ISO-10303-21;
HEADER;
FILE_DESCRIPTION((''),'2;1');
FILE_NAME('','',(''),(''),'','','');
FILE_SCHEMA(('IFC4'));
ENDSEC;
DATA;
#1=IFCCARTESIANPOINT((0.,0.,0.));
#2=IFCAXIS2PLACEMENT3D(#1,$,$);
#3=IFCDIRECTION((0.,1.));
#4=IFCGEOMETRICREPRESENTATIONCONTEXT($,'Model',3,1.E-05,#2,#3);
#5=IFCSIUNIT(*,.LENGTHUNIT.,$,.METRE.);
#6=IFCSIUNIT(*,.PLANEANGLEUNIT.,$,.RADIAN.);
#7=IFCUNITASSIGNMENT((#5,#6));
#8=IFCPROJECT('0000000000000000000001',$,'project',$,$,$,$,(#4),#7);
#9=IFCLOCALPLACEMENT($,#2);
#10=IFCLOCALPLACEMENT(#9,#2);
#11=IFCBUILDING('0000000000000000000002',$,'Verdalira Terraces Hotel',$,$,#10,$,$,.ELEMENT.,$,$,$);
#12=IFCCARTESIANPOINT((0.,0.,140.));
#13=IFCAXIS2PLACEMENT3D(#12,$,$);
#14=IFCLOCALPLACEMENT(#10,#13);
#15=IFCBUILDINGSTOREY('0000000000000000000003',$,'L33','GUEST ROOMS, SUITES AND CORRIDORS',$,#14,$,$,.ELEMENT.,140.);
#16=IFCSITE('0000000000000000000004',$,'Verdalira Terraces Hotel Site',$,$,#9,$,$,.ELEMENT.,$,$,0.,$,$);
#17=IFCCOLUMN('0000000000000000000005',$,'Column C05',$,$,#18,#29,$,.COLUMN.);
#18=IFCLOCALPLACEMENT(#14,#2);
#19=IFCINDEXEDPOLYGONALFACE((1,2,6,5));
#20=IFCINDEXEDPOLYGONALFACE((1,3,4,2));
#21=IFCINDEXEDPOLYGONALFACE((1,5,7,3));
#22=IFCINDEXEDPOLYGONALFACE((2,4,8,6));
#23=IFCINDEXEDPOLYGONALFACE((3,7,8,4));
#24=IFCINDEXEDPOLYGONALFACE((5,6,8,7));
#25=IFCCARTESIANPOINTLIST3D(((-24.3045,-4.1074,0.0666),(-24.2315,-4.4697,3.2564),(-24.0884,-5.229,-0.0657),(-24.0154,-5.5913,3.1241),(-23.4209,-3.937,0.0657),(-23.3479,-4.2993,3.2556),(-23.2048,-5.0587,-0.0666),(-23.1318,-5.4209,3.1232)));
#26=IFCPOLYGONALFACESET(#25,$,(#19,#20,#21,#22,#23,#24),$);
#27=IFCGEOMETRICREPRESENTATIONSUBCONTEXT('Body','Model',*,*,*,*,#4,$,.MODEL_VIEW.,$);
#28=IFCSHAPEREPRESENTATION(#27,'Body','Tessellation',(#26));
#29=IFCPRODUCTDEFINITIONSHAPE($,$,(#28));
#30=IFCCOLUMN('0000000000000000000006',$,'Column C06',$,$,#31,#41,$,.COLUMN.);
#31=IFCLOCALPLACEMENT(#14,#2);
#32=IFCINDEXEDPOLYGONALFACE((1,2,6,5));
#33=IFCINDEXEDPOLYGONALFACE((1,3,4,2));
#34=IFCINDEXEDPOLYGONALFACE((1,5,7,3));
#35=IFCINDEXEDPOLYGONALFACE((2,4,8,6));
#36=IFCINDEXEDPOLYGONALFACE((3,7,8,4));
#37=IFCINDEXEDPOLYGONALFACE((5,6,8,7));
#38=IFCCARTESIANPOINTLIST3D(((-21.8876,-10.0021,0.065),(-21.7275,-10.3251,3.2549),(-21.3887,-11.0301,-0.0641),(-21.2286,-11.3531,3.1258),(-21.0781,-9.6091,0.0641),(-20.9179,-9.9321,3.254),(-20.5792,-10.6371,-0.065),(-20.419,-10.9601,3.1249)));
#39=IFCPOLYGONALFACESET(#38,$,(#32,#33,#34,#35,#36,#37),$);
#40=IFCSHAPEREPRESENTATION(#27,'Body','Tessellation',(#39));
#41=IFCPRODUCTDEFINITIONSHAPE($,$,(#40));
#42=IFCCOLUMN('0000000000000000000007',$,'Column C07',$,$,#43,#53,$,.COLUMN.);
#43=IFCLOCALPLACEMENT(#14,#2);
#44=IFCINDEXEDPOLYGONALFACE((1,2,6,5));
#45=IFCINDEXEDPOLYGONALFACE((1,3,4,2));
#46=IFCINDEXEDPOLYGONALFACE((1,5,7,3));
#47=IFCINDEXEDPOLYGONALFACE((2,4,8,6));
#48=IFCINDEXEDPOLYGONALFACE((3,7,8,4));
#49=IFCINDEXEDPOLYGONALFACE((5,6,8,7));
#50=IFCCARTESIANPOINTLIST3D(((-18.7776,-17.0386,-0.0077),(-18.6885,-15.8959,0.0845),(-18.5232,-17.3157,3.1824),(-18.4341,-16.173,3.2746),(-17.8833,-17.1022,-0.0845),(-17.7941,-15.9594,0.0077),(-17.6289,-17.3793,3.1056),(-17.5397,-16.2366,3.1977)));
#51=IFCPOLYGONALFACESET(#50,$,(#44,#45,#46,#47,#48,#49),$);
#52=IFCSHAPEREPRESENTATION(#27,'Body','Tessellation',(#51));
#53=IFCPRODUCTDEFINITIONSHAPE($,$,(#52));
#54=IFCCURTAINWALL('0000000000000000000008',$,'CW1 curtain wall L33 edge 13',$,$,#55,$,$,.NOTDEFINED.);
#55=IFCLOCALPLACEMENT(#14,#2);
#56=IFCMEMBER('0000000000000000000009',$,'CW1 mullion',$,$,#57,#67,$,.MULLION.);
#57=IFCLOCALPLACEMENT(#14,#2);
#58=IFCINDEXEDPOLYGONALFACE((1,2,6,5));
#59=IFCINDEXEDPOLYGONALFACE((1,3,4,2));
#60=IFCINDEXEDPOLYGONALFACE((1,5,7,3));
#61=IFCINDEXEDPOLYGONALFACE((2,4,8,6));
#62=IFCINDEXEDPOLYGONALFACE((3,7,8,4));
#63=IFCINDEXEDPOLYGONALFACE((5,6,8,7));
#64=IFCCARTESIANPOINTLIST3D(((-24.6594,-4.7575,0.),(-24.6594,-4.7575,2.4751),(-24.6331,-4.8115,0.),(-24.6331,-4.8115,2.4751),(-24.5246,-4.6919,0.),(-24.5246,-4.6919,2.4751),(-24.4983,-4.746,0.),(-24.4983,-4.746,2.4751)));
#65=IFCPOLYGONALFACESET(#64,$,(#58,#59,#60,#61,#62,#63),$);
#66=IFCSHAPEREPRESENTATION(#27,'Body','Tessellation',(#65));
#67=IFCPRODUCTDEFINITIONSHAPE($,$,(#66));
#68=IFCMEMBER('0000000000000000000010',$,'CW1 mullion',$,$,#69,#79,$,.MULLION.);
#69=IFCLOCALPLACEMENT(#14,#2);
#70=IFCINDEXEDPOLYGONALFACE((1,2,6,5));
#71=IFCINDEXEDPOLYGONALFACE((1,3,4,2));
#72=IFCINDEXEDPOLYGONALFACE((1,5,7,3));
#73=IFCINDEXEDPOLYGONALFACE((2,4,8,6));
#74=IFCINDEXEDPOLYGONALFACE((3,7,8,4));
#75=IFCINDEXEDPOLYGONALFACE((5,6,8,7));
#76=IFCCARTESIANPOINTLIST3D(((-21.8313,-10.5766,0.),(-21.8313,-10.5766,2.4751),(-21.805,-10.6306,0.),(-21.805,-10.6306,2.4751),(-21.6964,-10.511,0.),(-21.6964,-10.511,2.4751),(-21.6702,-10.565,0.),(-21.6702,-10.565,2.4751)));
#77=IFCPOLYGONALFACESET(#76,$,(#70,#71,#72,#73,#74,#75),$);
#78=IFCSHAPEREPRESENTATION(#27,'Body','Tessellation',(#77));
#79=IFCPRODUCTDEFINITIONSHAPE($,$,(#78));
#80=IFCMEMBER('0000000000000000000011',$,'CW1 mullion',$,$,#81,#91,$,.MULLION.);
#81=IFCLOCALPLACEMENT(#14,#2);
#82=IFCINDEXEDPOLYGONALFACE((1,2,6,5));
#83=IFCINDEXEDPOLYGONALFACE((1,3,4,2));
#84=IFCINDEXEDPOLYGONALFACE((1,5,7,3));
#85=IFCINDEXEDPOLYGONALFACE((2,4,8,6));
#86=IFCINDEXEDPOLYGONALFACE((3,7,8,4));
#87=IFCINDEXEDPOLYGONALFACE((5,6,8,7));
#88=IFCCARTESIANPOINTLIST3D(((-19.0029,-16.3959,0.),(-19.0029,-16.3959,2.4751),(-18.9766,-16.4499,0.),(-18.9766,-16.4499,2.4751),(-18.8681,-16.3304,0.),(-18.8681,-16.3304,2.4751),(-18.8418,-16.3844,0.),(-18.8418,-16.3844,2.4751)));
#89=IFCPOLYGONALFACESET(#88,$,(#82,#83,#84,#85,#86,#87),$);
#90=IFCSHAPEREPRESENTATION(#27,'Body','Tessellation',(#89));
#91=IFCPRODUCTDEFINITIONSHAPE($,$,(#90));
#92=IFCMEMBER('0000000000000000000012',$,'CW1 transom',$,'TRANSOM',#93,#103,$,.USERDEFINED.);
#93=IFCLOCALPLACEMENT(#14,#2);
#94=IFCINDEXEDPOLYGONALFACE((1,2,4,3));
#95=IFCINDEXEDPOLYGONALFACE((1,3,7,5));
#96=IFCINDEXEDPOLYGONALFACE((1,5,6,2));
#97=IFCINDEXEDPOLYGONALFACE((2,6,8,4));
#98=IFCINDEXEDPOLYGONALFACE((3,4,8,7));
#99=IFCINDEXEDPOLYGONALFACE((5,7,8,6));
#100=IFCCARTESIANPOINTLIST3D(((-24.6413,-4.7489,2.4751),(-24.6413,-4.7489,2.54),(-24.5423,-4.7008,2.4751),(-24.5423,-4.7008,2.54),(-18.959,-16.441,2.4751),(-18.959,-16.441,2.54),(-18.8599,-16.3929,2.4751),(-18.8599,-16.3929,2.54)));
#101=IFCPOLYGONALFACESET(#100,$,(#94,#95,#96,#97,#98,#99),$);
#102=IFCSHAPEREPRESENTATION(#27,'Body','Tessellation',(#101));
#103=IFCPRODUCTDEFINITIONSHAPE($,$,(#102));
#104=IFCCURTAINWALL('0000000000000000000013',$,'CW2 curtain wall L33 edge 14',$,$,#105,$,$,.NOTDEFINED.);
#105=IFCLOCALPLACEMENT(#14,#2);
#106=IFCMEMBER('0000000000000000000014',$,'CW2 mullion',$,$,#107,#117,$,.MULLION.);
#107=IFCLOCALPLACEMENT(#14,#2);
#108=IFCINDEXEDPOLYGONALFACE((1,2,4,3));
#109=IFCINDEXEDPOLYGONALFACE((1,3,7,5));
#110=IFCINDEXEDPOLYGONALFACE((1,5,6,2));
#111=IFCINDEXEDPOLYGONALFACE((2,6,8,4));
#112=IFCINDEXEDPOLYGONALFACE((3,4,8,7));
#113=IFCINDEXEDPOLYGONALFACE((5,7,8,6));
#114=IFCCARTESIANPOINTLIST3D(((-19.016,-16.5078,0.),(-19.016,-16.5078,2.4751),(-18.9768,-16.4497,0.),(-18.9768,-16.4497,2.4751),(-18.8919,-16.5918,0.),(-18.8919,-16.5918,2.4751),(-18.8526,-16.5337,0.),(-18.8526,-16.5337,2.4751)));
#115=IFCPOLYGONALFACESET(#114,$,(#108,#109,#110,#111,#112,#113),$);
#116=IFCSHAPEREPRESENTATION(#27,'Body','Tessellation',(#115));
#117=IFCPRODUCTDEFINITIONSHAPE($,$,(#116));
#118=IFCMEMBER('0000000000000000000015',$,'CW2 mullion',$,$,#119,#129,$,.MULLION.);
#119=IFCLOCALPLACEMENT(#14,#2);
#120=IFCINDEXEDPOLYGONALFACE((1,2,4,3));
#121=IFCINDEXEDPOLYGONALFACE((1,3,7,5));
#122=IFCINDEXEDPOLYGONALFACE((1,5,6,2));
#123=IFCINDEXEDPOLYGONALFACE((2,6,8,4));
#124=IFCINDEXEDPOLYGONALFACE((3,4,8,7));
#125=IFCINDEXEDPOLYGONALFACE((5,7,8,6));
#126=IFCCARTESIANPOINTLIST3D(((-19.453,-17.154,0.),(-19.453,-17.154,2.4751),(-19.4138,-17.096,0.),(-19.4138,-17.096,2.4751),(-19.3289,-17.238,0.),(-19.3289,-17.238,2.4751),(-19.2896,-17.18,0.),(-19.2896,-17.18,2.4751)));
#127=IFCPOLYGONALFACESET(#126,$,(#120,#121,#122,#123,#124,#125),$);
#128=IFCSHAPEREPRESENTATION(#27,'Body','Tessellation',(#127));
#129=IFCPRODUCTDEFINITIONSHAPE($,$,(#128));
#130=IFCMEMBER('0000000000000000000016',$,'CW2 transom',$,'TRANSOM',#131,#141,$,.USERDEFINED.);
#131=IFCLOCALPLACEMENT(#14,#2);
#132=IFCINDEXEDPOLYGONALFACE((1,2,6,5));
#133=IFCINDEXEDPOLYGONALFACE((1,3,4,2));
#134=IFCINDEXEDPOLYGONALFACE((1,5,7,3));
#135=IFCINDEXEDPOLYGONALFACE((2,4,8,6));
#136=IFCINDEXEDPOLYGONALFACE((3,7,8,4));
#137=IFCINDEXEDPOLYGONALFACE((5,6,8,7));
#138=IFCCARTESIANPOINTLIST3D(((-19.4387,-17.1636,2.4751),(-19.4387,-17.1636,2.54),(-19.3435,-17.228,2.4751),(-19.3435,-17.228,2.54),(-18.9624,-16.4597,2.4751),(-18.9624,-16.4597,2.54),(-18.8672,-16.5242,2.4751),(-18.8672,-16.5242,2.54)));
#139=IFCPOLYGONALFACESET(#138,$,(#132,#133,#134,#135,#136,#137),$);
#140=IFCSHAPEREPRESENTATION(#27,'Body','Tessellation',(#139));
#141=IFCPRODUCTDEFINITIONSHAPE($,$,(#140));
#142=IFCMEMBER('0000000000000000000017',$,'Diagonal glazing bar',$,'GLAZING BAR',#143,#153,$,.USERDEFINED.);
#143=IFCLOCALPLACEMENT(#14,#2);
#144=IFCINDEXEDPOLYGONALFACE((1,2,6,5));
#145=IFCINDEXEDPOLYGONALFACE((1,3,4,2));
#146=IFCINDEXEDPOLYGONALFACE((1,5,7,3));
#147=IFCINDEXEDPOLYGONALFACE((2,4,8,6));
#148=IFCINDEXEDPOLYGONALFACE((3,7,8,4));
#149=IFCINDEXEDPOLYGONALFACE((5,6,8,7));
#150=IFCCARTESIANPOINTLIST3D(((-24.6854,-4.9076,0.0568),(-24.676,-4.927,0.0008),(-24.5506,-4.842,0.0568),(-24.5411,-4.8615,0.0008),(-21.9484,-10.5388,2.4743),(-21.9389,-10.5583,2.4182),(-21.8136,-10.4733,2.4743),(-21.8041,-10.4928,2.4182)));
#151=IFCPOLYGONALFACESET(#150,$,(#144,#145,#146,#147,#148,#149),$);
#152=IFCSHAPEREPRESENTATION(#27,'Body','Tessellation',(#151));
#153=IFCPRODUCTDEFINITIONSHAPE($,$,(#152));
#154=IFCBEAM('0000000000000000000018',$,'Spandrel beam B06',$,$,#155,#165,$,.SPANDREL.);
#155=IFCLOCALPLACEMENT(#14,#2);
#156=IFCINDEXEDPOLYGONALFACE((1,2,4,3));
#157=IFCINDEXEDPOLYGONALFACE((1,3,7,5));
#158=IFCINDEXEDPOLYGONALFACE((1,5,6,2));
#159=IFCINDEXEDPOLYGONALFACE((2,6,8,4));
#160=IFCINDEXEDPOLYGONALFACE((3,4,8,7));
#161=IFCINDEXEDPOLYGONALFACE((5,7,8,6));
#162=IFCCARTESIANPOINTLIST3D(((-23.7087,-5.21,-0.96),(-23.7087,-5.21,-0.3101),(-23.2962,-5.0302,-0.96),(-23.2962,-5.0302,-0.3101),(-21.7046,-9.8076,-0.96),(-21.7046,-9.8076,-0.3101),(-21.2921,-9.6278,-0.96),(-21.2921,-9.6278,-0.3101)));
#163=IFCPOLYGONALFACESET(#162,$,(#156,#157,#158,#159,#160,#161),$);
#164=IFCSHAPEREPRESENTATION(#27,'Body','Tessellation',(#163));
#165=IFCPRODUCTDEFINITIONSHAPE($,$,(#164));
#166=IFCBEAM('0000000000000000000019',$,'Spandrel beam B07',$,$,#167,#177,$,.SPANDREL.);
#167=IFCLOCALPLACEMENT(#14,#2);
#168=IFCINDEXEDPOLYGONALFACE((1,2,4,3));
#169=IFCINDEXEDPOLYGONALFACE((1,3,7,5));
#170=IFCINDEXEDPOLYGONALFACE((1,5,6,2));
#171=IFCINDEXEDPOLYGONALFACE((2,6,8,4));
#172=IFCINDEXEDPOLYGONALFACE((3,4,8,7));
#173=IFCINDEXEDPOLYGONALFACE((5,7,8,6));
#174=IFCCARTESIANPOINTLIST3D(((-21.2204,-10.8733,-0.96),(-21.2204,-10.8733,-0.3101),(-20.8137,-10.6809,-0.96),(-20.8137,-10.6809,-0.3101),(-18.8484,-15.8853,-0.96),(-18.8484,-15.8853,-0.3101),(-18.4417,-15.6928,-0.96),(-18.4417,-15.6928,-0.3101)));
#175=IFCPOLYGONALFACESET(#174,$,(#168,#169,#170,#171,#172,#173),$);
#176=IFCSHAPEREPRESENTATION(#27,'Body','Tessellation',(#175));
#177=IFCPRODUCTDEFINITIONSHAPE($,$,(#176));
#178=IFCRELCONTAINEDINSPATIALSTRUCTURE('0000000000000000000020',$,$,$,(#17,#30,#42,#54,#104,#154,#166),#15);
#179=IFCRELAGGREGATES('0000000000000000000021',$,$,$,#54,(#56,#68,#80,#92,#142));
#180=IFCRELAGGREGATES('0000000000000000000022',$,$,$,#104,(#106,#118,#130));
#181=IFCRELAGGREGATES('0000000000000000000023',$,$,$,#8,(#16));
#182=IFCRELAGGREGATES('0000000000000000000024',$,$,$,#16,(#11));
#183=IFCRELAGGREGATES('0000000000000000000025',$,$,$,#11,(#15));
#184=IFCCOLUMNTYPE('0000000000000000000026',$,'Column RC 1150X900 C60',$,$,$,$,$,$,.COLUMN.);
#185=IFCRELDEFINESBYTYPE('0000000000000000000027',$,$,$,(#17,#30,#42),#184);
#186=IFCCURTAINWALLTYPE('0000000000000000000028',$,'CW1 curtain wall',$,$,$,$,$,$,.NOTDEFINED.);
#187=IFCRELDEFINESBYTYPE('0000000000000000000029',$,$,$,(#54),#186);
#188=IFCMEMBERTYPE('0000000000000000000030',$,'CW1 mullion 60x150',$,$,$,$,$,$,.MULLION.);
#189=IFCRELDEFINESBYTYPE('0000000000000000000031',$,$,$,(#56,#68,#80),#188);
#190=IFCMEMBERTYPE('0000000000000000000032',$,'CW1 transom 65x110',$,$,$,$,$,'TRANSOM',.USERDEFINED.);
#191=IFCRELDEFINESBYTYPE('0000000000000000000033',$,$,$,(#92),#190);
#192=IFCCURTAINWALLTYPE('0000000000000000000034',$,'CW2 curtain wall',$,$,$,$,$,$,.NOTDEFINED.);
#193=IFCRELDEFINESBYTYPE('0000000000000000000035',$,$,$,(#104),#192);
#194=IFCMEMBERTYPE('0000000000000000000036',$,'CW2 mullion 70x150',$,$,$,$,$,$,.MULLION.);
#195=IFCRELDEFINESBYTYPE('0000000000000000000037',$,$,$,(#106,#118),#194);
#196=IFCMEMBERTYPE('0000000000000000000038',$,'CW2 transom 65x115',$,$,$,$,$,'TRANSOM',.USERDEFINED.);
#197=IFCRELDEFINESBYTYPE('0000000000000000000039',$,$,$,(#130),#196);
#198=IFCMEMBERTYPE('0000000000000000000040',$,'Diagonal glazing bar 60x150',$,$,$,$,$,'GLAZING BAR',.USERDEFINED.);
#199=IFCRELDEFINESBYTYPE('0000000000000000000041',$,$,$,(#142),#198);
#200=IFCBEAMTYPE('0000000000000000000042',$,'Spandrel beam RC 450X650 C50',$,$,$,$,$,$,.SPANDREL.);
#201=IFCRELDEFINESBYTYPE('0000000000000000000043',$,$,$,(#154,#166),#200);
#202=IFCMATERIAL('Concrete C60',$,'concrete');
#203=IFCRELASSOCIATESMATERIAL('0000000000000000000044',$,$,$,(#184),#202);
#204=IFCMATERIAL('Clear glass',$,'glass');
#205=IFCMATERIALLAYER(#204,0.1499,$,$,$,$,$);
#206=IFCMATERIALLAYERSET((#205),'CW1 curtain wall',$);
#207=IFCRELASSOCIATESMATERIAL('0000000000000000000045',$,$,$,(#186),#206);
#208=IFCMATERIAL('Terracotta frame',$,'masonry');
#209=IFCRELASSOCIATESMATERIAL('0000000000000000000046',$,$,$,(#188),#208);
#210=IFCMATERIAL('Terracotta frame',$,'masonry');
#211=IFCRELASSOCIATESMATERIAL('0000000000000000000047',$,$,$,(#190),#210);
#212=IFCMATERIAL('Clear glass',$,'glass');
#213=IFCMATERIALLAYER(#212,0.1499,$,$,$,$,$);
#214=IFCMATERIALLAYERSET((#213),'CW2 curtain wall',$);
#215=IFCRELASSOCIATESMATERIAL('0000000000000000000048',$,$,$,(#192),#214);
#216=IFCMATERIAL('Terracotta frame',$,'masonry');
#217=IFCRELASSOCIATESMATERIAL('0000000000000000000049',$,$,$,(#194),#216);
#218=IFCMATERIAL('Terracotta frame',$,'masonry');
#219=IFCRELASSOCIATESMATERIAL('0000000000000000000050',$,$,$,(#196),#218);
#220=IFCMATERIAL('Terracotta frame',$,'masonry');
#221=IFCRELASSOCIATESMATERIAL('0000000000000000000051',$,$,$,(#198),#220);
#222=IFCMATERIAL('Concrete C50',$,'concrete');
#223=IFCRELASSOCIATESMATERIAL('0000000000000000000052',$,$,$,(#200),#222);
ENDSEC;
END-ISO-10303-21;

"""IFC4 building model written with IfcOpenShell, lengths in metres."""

from ifc_helpers import new_model, si_unit, direction, frame, origin, origin_2d, place, context, subcontext, project, spatial, rectangle, extrude, material, layer, layer_set, material_profile, profile_set, type_object, element, aggregate, save


model = new_model("IFC4")

# Units and contexts
model_context = context("Model", 3, precision=1e-05, world=origin(), true_north=direction((0.0, 1.0)))
body_context = subcontext(model_context, "Body", "Model", "MODEL_VIEW")
ifc_project = project(units=[si_unit("LENGTHUNIT", "METRE"), si_unit("PLANEANGLEUNIT", "RADIAN")], contexts=[model_context])

# Site, building, storey
site_placement = place(None, origin())
site = spatial("IfcSite", under=ifc_project, at=site_placement, Name="Verdalira Terraces Hotel Site", CompositionType="ELEMENT", RefElevation=0.0)
building_placement = place(site_placement, origin())
building = spatial("IfcBuilding", under=site, at=building_placement, Name="Verdalira Terraces Hotel", CompositionType="ELEMENT")
storey_placement = place(building_placement, frame((0.0, 0.0, 140.0)))
storey = spatial("IfcBuildingStorey", under=building, at=storey_placement, Name="L33", Description="GUEST ROOMS, SUITES AND CORRIDORS", CompositionType="ELEMENT", Elevation=140.0)

# Columns
ifc_material_1 = material(Name="Concrete C60", Category="concrete")
ifc_material_profile_1 = material_profile(ifc_material_1, rectangle(XDim=1.1499, YDim=0.8999, at=origin_2d()), Name="RC 1150X900")
ifc_profile_set_1 = profile_set([ifc_material_profile_1], Name="Concrete C60")
column_type = type_object("IfcColumnType", Name="Column RC 1150X900 C60", PredefinedType="COLUMN", material=ifc_profile_set_1)
column_1_placement = place(storey_placement, frame((-23.7546, -4.583, 0.0), z_axis=(0.022732, -0.112823, 0.993355), x_axis=(-0.187927, 0.975417, 0.115086)))
element("IfcColumn", 1, at=column_1_placement, inside=storey, type_object=column_type, Name="Column C05", PredefinedType="COLUMN", context=body_context, shape_type="SweptSolid", body=[
    extrude(rectangle(XDim=1.1499, YDim=0.8999, at=origin_2d()), origin(), (0.0, 0.0, 1.0), 3.2112),
])
column_2_placement = place(storey_placement, frame((-21.2334, -10.3196, 0.0), z_axis=(0.049889, -0.100615, 0.993674), x_axis=(0.433852, -0.893958, -0.1123)))
element("IfcColumn", 2, at=column_2_placement, inside=storey, type_object=column_type, Name="Column C06", PredefinedType="COLUMN", context=body_context, shape_type="SweptSolid", body=[
    extrude(rectangle(XDim=1.1499, YDim=0.8999, at=origin_2d()), origin(), (0.0, 0.0, 1.0), 3.2102),
])
column_3_placement = place(storey_placement, frame((-18.2859, -16.499, 0.0), z_axis=(0.0792, -0.086269, 0.993119), x_axis=(0.077524, 0.993764, 0.080143)))
element("IfcColumn", 3, at=column_3_placement, inside=storey, type_object=column_type, Name="Column C07", PredefinedType="COLUMN", context=body_context, shape_type="SweptSolid", body=[
    extrude(rectangle(XDim=1.1499, YDim=0.8999, at=origin_2d()), origin(), (0.0, 0.0, 1.0), 3.2122),
])

# Curtain walls, members
ifc_material_2 = material(Name="Clear glass", Category="glass")
ifc_layer_1 = layer(ifc_material_2, 0.1499)
ifc_layer_set_1 = layer_set([ifc_layer_1], Name="CW1 curtain wall")
curtain_wall_type_1 = type_object("IfcCurtainWallType", Name="CW1 curtain wall", PredefinedType="NOTDEFINED", material=ifc_layer_set_1)
curtain_wall_1_placement = place(storey_placement, origin())
curtain_wall_1 = element("IfcCurtainWall", 4, at=curtain_wall_1_placement, inside=storey, type_object=curtain_wall_type_1, Name="CW1 curtain wall L33 edge 13", PredefinedType="NOTDEFINED")
ifc_material_3 = material(Name="Terracotta frame", Category="masonry")
ifc_material_profile_2 = material_profile(ifc_material_3, rectangle(XDim=0.0601, YDim=0.1499, at=origin_2d()), Name="MU 60x150")
ifc_profile_set_2 = profile_set([ifc_material_profile_2], Name="Terracotta frame")
member_type_1 = type_object("IfcMemberType", Name="CW1 mullion 60x150", PredefinedType="MULLION", material=ifc_profile_set_2)
member_1_placement = place(storey_placement, frame((-24.5789, -4.7517, 0.0), z_axis=(0.0, 0.0, 1.0), x_axis=(0.437116, -0.899405, 0.0)))
member_1 = element("IfcMember", 5, at=member_1_placement, type_object=member_type_1, Name="CW1 mullion", PredefinedType="MULLION", context=body_context, shape_type="SweptSolid", body=[
    extrude(rectangle(XDim=0.0601, YDim=0.1499, at=origin_2d()), origin(), (0.0, 0.0, 1.0), 2.4751),
])
member_2_placement = place(storey_placement, frame((-21.7507, -10.5708, 0.0), z_axis=(0.0, 0.0, 1.0), x_axis=(0.437116, -0.899405, 0.0)))
member_2 = element("IfcMember", 6, at=member_2_placement, type_object=member_type_1, Name="CW1 mullion", PredefinedType="MULLION", context=body_context, shape_type="SweptSolid", body=[
    extrude(rectangle(XDim=0.0601, YDim=0.1499, at=origin_2d()), origin(), (0.0, 0.0, 1.0), 2.4751),
])
member_3_placement = place(storey_placement, frame((-18.9224, -16.3901, 0.0), z_axis=(0.0, 0.0, 1.0), x_axis=(0.437116, -0.899405, 0.0)))
member_3 = element("IfcMember", 7, at=member_3_placement, type_object=member_type_1, Name="CW1 mullion", PredefinedType="MULLION", context=body_context, shape_type="SweptSolid", body=[
    extrude(rectangle(XDim=0.0601, YDim=0.1499, at=origin_2d()), origin(), (0.0, 0.0, 1.0), 2.4751),
])
ifc_material_4 = material(Name="Terracotta frame", Category="masonry")
ifc_material_profile_3 = material_profile(ifc_material_4, rectangle(XDim=0.1101, YDim=0.0649, at=origin_2d()), Name="TR 65x110")
ifc_profile_set_3 = profile_set([ifc_material_profile_3], Name="Terracotta frame")
member_type_2 = type_object("IfcMemberType", Name="CW1 transom 65x110", ElementType="TRANSOM", PredefinedType="USERDEFINED", material=ifc_profile_set_3)
member_4_placement = place(storey_placement, frame((-24.5918, -4.7249, 2.5076), z_axis=(0.437111, -0.899407, 0.0), x_axis=(0.899407, 0.437111, 0.0)))
member_4 = element("IfcMember", 8, at=member_4_placement, type_object=member_type_2, Name="CW1 transom", ObjectType="TRANSOM", PredefinedType="USERDEFINED", context=body_context, shape_type="SweptSolid", body=[
    extrude(rectangle(XDim=0.1101, YDim=0.0649, at=origin_2d()), origin(), (0.0, 0.0, 1.0), 12.9998),
])
ifc_material_5 = material(Name="Clear glass", Category="glass")
ifc_layer_2 = layer(ifc_material_5, 0.1499)
ifc_layer_set_2 = layer_set([ifc_layer_2], Name="CW2 curtain wall")
curtain_wall_type_2 = type_object("IfcCurtainWallType", Name="CW2 curtain wall", PredefinedType="NOTDEFINED", material=ifc_layer_set_2)
curtain_wall_2_placement = place(storey_placement, origin())
curtain_wall_2 = element("IfcCurtainWall", 9, at=curtain_wall_2_placement, inside=storey, type_object=curtain_wall_type_2, Name="CW2 curtain wall L33 edge 14", PredefinedType="NOTDEFINED")
ifc_material_6 = material(Name="Terracotta frame", Category="masonry")
ifc_material_profile_4 = material_profile(ifc_material_6, rectangle(XDim=0.0701, YDim=0.1499, at=origin_2d()), Name="MU 70x150")
ifc_profile_set_4 = profile_set([ifc_material_profile_4], Name="Terracotta frame")
member_type_3 = type_object("IfcMemberType", Name="CW2 mullion 70x150", PredefinedType="MULLION", material=ifc_profile_set_4)
member_5_placement = place(storey_placement, frame((-18.9343, -16.5208, 0.0), z_axis=(0.0, 0.0, 1.0), x_axis=(-0.56035, -0.828256, 0.0)))
member_5 = element("IfcMember", 10, at=member_5_placement, type_object=member_type_3, Name="CW2 mullion", PredefinedType="MULLION", context=body_context, shape_type="SweptSolid", body=[
    extrude(rectangle(XDim=0.0701, YDim=0.1499, at=origin_2d()), origin(), (0.0, 0.0, 1.0), 2.4751),
])
member_6_placement = place(storey_placement, frame((-19.3713, -17.167, 0.0), z_axis=(0.0, 0.0, 1.0), x_axis=(-0.56035, -0.828256, 0.0)))
member_6 = element("IfcMember", 11, at=member_6_placement, type_object=member_type_3, Name="CW2 mullion", PredefinedType="MULLION", context=body_context, shape_type="SweptSolid", body=[
    extrude(rectangle(XDim=0.0701, YDim=0.1499, at=origin_2d()), origin(), (0.0, 0.0, 1.0), 2.4751),
])
ifc_material_7 = material(Name="Terracotta frame", Category="masonry")
ifc_material_profile_5 = material_profile(ifc_material_7, rectangle(XDim=0.115, YDim=0.0649, at=origin_2d()), Name="TR 65x115")
ifc_profile_set_5 = profile_set([ifc_material_profile_5], Name="Terracotta frame")
member_type_4 = type_object("IfcMemberType", Name="CW2 transom 65x115", ElementType="TRANSOM", PredefinedType="USERDEFINED", material=ifc_profile_set_5)
member_7_placement = place(storey_placement, frame((-18.9148, -16.4919, 2.5076), z_axis=(-0.560454, -0.828185, 0.0), x_axis=(0.828185, -0.560454, 0.0)))
member_7 = element("IfcMember", 12, at=member_7_placement, type_object=member_type_4, Name="CW2 transom", ObjectType="TRANSOM", PredefinedType="USERDEFINED", context=body_context, shape_type="SweptSolid", body=[
    extrude(rectangle(XDim=0.115, YDim=0.0649, at=origin_2d()), origin(), (0.0, 0.0, 1.0), 0.8499),
])

# Member
ifc_material_8 = material(Name="Terracotta frame", Category="masonry")
ifc_material_profile_6 = material_profile(ifc_material_8, rectangle(XDim=0.1499, YDim=0.0601, at=origin_2d()), Name="GB 60x150")
ifc_profile_set_6 = profile_set([ifc_material_profile_6], Name="Terracotta frame")
member_type_5 = type_object("IfcMemberType", Name="Diagonal glazing bar 60x150", ElementType="GLAZING BAR", PredefinedType="USERDEFINED", material=ifc_profile_set_6)
member_8_placement = place(storey_placement, frame((-24.6133, -4.8845, 0.0288), z_axis=(0.4078, -0.839026, 0.360186), x_axis=(0.899393, 0.437141, 0.0)))
member_8 = element("IfcMember", 13, at=member_8_placement, type_object=member_type_5, Name="Diagonal glazing bar", ObjectType="GLAZING BAR", PredefinedType="USERDEFINED", context=body_context, shape_type="SweptSolid", body=[
    extrude(rectangle(XDim=0.1499, YDim=0.0601, at=origin_2d()), origin(), (0.0, 0.0, 1.0), 6.7117),
])

# Beams
ifc_material_9 = material(Name="Concrete C50", Category="concrete")
ifc_material_profile_7 = material_profile(ifc_material_9, rectangle(XDim=0.45, YDim=0.6499, at=origin_2d()), Name="RC 450X650")
ifc_profile_set_7 = profile_set([ifc_material_profile_7], Name="Concrete C50")
beam_type = type_object("IfcBeamType", Name="Spandrel beam RC 450X650 C50", PredefinedType="SPANDREL", material=ifc_profile_set_7)
beam_1_placement = place(storey_placement, frame((-23.5024, -5.1201, -0.635), z_axis=(0.399593, -0.916693, 0.0), x_axis=(0.916693, 0.399593, 0.0)))
element("IfcBeam", 14, at=beam_1_placement, inside=storey, type_object=beam_type, Name="Spandrel beam B06", PredefinedType="SPANDREL", context=body_context, shape_type="SweptSolid", body=[
    extrude(rectangle(XDim=0.45, YDim=0.6499, at=origin_2d()), origin(), (0.0, 0.0, 1.0), 5.0154),
])
beam_2_placement = place(storey_placement, frame((-21.0171, -10.7771, -0.635), z_axis=(0.427789, -0.903879, 0.0), x_axis=(0.903879, 0.427789, 0.0)))
element("IfcBeam", 15, at=beam_2_placement, inside=storey, type_object=beam_type, Name="Spandrel beam B07", PredefinedType="SPANDREL", context=body_context, shape_type="SweptSolid", body=[
    extrude(rectangle(XDim=0.45, YDim=0.6499, at=origin_2d()), origin(), (0.0, 0.0, 1.0), 5.5449),
])

aggregate(curtain_wall_1, [member_1, member_2, member_3, member_4, member_8])
aggregate(curtain_wall_2, [member_5, member_6, member_7])

save(model, "model.ifc")
